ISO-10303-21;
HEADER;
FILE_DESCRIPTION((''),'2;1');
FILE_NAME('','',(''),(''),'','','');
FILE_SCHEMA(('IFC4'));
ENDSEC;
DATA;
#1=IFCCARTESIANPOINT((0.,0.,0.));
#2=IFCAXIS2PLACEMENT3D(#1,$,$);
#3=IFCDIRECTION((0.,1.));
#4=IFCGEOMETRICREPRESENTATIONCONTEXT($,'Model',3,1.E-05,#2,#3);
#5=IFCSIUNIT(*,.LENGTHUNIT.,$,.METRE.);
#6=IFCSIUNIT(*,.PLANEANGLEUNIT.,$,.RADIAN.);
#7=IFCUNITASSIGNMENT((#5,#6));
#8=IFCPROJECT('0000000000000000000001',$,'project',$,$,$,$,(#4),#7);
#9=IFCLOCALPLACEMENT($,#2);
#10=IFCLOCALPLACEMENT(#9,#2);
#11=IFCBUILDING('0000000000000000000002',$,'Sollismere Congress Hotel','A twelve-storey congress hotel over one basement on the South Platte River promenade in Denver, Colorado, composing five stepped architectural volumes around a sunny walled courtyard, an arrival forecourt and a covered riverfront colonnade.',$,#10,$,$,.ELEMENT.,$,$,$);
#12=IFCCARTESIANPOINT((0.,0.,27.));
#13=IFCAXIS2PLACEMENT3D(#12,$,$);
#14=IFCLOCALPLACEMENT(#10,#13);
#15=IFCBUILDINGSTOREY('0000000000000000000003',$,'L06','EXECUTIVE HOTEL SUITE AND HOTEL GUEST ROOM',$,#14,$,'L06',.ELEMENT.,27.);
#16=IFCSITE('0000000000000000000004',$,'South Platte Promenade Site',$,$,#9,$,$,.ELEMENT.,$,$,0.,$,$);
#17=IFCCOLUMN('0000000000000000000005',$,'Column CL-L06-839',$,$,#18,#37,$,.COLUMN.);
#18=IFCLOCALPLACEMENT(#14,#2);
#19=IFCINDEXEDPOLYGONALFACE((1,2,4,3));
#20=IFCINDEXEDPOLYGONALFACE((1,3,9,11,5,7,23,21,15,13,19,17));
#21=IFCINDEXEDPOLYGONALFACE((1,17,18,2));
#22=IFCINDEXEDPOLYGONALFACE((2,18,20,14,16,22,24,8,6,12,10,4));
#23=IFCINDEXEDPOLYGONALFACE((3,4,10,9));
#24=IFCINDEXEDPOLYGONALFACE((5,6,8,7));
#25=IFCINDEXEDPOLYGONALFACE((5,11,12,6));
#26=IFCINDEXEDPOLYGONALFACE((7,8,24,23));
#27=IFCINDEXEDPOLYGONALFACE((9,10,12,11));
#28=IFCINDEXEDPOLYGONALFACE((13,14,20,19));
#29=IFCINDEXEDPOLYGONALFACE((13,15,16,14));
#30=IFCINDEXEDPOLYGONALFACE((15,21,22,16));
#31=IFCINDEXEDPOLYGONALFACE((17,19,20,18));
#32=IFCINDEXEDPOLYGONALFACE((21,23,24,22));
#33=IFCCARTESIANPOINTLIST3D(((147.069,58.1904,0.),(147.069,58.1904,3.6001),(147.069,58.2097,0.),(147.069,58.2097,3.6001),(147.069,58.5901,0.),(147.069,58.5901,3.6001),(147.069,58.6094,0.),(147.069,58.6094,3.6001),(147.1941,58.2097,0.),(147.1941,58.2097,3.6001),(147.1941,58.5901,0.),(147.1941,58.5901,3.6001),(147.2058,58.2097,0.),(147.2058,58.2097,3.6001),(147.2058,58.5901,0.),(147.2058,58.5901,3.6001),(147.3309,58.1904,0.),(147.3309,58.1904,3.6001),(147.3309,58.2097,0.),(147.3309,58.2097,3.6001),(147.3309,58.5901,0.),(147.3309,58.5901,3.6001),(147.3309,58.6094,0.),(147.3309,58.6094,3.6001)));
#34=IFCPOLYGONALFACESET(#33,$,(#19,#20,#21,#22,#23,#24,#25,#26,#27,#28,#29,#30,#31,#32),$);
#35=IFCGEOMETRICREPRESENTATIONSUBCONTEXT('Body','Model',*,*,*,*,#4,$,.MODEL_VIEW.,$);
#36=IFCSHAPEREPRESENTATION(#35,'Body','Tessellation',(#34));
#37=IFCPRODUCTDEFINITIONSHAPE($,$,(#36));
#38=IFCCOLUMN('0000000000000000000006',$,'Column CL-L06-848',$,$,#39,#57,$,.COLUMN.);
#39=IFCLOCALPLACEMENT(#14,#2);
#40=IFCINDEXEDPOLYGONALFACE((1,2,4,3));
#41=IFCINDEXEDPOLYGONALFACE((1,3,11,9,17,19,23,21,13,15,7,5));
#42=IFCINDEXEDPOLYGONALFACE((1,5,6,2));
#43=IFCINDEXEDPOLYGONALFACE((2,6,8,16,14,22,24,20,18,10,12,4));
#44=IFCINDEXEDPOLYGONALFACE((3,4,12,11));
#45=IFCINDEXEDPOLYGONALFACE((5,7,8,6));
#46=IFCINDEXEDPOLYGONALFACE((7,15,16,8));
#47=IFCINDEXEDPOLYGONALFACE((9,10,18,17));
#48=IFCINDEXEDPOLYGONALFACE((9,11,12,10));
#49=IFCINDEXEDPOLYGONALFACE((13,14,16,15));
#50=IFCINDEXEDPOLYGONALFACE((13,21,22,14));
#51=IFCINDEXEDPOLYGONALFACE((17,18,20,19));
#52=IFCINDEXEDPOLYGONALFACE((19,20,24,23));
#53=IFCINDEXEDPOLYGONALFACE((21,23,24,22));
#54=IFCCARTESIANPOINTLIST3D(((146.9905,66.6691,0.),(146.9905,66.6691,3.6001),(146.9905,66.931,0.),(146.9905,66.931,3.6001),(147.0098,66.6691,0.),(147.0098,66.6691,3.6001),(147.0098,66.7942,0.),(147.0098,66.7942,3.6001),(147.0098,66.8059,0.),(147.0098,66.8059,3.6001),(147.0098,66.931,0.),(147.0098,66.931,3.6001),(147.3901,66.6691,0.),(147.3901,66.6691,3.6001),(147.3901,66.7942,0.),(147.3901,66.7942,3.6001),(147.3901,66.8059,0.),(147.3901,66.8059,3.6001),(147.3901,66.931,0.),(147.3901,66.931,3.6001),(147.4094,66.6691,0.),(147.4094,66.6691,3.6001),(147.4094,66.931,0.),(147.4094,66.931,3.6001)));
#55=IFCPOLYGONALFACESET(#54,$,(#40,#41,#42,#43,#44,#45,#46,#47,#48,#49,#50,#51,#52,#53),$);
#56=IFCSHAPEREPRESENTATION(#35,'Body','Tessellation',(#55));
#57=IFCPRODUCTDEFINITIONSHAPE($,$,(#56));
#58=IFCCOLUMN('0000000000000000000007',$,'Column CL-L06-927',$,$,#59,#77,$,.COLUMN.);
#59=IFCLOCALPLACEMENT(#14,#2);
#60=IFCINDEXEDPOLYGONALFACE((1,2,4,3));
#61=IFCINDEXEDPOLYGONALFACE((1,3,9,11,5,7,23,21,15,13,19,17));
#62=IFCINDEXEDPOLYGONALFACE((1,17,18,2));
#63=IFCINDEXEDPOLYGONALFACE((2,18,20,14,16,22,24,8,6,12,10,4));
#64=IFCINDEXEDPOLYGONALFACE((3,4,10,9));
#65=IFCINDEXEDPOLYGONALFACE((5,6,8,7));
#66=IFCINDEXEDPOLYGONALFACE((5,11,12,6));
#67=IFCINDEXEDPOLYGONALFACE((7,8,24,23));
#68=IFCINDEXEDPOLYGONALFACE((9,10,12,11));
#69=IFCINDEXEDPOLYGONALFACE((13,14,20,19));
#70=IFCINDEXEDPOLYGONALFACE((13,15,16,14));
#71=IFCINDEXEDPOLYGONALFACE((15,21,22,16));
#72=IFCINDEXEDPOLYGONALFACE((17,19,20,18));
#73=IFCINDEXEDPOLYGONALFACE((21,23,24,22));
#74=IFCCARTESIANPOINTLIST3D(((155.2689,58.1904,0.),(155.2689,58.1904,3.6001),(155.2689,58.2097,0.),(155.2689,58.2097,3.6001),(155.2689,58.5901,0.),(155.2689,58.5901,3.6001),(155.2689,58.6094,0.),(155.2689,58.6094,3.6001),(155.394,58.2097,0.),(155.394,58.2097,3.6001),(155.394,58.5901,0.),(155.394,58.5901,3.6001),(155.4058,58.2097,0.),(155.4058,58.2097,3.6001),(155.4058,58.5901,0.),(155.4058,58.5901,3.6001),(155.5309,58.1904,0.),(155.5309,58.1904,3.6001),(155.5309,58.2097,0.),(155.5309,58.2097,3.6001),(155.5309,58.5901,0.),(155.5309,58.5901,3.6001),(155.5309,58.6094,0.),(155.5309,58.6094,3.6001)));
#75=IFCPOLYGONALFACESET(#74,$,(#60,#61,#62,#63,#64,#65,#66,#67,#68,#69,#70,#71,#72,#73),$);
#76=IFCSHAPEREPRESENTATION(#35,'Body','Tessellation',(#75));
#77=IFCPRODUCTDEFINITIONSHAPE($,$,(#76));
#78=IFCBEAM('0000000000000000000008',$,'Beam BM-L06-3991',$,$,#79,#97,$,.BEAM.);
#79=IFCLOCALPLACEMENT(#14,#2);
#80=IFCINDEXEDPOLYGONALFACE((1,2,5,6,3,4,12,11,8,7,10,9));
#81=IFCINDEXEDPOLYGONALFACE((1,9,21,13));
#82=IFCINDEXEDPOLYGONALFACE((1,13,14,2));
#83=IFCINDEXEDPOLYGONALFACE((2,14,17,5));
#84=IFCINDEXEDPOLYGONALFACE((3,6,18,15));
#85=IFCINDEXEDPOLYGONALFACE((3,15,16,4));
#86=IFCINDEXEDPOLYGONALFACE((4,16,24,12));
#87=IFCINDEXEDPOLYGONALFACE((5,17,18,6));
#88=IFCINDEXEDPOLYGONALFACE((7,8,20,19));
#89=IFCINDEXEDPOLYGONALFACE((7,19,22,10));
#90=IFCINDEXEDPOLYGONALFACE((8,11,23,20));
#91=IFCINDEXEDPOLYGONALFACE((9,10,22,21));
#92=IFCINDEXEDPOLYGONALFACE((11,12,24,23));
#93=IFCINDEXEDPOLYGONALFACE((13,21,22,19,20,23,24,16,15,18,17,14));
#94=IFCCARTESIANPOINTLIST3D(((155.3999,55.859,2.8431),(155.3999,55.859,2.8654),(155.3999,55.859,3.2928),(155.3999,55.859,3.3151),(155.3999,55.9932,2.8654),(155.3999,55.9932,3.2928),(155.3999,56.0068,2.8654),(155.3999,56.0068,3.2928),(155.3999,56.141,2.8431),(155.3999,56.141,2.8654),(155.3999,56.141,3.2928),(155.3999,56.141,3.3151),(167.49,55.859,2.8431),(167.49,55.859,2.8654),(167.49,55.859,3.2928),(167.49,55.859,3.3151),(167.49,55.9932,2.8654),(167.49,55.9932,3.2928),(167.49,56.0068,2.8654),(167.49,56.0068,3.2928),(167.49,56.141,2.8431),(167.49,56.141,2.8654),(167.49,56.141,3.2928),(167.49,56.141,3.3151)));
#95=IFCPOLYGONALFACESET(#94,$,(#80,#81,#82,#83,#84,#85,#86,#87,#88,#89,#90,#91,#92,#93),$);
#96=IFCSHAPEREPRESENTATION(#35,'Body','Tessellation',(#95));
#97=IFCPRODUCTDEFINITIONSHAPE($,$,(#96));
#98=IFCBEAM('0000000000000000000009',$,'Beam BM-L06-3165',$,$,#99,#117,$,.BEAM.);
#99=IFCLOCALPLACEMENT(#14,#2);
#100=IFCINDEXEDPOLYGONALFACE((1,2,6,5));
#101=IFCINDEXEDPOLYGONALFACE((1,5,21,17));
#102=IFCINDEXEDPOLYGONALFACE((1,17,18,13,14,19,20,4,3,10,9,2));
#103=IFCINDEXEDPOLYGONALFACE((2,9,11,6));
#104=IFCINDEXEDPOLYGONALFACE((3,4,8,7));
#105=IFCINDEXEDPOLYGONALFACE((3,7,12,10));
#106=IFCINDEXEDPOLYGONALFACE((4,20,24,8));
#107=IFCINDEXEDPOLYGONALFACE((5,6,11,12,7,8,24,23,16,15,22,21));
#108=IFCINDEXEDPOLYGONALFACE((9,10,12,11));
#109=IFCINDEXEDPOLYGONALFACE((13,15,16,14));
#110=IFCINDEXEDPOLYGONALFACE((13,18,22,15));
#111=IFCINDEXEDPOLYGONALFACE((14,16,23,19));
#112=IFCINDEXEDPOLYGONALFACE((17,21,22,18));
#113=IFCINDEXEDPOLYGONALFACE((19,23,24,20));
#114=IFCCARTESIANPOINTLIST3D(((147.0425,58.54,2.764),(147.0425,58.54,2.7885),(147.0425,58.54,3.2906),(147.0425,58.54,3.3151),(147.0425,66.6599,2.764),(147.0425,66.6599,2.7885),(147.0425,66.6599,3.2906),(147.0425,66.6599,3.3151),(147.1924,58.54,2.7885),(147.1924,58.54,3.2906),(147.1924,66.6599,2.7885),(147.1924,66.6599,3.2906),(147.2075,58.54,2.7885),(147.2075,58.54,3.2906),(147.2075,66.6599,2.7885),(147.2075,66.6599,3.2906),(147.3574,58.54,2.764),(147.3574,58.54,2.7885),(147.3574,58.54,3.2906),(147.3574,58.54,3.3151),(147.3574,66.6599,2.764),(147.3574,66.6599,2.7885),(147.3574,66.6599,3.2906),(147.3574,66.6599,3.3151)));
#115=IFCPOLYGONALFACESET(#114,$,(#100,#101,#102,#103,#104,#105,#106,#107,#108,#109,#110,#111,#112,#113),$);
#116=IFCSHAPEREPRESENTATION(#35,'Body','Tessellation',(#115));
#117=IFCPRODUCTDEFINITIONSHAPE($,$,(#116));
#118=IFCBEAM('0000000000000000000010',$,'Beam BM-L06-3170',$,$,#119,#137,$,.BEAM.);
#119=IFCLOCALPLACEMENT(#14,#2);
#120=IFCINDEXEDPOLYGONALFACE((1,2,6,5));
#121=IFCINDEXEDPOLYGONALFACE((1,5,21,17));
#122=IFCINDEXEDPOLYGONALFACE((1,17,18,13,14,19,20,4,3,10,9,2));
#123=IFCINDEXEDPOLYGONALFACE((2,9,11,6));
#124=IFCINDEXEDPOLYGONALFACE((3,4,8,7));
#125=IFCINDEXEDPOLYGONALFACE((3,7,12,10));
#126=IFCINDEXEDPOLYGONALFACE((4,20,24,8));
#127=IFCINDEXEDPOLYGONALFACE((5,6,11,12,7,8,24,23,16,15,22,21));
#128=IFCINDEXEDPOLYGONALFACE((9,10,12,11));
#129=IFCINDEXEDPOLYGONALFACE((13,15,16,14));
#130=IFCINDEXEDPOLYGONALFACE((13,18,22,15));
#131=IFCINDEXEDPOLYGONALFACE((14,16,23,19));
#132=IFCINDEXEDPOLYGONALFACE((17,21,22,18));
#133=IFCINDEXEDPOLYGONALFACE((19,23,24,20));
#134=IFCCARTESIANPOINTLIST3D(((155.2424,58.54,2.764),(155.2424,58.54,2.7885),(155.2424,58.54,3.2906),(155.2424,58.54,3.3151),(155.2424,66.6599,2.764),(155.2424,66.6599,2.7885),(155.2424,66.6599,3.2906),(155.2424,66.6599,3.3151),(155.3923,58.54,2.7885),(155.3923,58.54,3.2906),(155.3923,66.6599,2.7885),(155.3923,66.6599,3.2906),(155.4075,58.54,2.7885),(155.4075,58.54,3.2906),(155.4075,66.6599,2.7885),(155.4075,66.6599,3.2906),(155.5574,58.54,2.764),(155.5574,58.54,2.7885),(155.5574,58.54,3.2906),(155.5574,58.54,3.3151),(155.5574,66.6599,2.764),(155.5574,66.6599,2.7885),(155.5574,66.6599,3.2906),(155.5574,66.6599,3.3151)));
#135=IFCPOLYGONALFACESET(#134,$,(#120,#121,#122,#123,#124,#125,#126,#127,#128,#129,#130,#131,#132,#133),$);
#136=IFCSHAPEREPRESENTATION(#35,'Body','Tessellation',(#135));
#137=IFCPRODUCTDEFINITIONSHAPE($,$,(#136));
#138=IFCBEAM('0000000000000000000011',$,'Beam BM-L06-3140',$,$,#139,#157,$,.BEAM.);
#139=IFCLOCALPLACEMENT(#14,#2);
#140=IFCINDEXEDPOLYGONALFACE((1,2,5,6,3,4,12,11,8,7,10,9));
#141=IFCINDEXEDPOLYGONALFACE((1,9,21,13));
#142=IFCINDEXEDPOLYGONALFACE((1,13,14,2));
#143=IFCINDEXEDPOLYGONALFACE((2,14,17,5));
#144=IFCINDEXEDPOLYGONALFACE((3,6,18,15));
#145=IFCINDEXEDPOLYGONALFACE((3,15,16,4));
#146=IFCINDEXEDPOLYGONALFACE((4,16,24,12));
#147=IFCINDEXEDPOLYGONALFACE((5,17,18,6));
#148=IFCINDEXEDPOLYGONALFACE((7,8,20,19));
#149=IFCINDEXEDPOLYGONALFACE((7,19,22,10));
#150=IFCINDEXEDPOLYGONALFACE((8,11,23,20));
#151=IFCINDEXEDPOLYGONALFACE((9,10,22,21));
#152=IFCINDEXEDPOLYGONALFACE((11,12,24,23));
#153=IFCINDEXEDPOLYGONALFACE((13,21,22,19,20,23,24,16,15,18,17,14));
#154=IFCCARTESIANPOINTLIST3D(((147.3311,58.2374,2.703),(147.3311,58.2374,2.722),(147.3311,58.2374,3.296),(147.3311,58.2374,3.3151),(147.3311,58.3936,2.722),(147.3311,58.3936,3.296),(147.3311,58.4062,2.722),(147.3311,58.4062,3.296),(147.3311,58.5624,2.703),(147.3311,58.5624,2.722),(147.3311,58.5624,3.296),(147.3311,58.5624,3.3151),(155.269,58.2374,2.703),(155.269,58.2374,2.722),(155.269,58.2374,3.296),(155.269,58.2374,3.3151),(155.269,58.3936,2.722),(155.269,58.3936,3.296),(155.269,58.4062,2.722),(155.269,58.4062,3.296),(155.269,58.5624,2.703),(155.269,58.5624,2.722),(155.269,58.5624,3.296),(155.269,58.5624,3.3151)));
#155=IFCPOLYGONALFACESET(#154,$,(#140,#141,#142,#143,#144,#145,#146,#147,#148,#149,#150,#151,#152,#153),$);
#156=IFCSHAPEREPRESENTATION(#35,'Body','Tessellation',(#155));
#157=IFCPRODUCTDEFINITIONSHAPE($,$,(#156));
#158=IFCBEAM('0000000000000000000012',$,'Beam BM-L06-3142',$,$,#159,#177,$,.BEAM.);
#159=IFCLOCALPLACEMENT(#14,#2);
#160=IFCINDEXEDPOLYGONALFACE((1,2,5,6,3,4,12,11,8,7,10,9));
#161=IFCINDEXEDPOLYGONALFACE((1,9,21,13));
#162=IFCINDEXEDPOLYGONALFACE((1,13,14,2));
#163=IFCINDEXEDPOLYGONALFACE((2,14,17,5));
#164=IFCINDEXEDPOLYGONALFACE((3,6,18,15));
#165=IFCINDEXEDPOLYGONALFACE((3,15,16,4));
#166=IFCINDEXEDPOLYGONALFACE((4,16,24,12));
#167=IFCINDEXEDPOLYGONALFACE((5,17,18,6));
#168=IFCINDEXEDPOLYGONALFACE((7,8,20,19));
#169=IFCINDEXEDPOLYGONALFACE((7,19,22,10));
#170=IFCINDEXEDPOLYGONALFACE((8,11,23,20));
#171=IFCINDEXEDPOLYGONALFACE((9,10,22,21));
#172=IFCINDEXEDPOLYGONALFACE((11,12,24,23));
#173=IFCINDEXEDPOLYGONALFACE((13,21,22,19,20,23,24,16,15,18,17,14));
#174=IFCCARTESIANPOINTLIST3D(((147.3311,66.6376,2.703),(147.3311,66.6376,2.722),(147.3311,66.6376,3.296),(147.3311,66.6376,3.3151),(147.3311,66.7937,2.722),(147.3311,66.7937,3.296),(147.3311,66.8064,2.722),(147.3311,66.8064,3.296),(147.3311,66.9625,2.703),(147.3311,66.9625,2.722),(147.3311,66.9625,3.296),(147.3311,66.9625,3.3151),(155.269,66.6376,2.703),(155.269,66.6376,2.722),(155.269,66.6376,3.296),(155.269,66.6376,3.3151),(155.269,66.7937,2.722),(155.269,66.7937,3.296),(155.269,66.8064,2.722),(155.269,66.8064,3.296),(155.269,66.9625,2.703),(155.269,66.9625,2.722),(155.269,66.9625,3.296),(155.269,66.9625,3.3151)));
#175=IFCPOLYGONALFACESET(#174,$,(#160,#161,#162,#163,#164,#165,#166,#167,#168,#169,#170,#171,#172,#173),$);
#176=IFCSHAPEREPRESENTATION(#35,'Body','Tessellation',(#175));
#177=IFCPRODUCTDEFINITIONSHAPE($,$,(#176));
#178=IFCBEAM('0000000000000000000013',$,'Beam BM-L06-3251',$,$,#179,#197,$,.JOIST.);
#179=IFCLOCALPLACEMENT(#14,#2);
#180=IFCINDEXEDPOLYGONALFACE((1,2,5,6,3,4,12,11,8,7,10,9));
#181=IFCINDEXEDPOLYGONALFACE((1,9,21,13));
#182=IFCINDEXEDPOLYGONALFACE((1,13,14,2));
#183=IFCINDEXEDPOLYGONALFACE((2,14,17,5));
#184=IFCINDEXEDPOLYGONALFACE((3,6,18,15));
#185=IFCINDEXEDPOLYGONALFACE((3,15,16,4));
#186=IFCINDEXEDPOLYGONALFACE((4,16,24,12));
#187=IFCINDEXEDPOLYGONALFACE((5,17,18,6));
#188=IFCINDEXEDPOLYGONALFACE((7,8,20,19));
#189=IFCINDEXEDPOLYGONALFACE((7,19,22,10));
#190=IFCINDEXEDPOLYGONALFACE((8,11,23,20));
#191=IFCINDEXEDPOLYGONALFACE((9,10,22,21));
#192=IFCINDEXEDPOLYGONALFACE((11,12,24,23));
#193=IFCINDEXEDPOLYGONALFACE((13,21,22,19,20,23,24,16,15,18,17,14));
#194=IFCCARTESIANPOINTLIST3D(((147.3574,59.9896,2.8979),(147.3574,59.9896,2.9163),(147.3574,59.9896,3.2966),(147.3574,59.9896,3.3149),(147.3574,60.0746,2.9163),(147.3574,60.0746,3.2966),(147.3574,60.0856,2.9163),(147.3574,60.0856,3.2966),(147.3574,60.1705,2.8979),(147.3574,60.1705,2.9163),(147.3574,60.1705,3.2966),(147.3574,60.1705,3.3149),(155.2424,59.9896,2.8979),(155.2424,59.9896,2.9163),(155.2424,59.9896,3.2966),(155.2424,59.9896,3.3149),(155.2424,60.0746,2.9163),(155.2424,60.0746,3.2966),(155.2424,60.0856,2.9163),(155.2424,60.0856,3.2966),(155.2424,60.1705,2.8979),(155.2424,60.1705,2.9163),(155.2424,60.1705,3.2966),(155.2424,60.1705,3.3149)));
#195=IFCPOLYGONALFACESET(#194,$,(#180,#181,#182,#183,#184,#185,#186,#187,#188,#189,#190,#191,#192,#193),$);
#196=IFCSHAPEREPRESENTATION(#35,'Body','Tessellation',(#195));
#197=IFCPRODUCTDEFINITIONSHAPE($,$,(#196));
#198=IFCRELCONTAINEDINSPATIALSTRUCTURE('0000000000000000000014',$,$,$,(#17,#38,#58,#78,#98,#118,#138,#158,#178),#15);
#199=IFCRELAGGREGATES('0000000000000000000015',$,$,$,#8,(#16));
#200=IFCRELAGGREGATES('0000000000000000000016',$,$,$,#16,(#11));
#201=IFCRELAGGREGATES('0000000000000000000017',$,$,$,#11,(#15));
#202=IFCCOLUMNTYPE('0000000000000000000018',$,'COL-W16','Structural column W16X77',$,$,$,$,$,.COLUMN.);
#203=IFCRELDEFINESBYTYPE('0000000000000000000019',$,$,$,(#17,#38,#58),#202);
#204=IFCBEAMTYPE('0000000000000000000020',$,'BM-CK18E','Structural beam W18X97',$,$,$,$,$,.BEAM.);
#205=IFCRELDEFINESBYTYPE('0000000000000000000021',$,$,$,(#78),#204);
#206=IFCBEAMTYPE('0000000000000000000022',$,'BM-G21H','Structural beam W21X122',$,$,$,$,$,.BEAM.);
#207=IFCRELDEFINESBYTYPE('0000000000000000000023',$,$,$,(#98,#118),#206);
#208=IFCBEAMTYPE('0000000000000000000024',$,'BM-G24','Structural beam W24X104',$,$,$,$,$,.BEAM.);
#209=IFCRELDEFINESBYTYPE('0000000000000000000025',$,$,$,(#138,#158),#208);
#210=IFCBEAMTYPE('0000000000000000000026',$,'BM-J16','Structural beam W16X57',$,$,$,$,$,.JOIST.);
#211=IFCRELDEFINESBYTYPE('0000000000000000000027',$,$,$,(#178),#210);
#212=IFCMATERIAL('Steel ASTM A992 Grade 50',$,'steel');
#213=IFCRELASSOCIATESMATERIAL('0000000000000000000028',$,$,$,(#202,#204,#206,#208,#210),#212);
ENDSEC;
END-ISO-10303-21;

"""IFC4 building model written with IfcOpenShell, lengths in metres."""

from ifc_helpers import new_model, si_unit, direction, frame, origin, origin_2d, place, context, subcontext, project, spatial, i_section, extrude, material, material_profile, profile_set, type_object, element, save


model = new_model("IFC4")

# Units and contexts
model_context = context("Model", 3, precision=1e-05, world=origin(), true_north=direction((0.0, 1.0)))
body_context = subcontext(model_context, "Body", "Model", "MODEL_VIEW")
ifc_project = project(units=[si_unit("LENGTHUNIT", "METRE"), si_unit("PLANEANGLEUNIT", "RADIAN")], contexts=[model_context])

# Site, building, storey
site_placement = place(None, origin())
site = spatial("IfcSite", under=ifc_project, at=site_placement, Name="South Platte Promenade Site", CompositionType="ELEMENT", RefElevation=0.0)
building_placement = place(site_placement, origin())
building = spatial("IfcBuilding", under=site, at=building_placement, Name="Sollismere Congress Hotel", Description="A twelve-storey congress hotel over one basement on the South Platte River promenade in Denver, Colorado, composing five stepped architectural volumes around a sunny walled courtyard, an arrival forecourt and a covered riverfront colonnade.", CompositionType="ELEMENT")
storey_placement = place(building_placement, frame((0.0, 0.0, 27.0)))
storey = spatial("IfcBuildingStorey", under=building, at=storey_placement, Name="L06", Description="EXECUTIVE HOTEL SUITE AND HOTEL GUEST ROOM", LongName="L06", CompositionType="ELEMENT", Elevation=27.0)

# Columns
ifc_material_1 = material(Name="Steel ASTM A992 Grade 50", Category="steel")
ifc_material_profile_1 = material_profile(ifc_material_1, i_section(OverallWidth=0.262, OverallDepth=0.4189, WebThickness=0.0117, FlangeThickness=0.0193, at=origin_2d()), Name="W16X77")
ifc_profile_set_1 = profile_set([ifc_material_profile_1], Name="Steel ASTM A992 Grade 50")
column_type = type_object("IfcColumnType", Name="COL-W16", Description="Structural column W16X77", PredefinedType="COLUMN", material=ifc_profile_set_1)
for number, where, z_axis, x_axis, name in (
    (1, (147.2, 58.3999, 0.0), (0.0, 0.0, 1.0), (1.0, 0.0, 0.0), "Column CL-L06-839"),
    (2, (147.2, 66.8, 0.0), (0.0, 0.0, 1.0), (0.0, 1.0, 0.0), "Column CL-L06-848"),
    (3, (155.3999, 58.3999, 0.0), (0.0, 0.0, 1.0), (1.0, 0.0, 0.0), "Column CL-L06-927"),
):
    element("IfcColumn", number, at=place(storey_placement, frame(where, z_axis=z_axis, x_axis=x_axis)), inside=storey, type_object=column_type, Name=name, PredefinedType="COLUMN", context=body_context, shape_type="SweptSolid", body=[
        extrude(i_section(OverallWidth=0.262, OverallDepth=0.4189, WebThickness=0.0117, FlangeThickness=0.0193, at=origin_2d()), origin(), (0.0, 0.0, 1.0), 3.6001),
    ])

# Beams
ifc_material_profile_2 = material_profile(ifc_material_1, i_section(OverallWidth=0.282, OverallDepth=0.4719, WebThickness=0.0137, FlangeThickness=0.0222, at=origin_2d()), Name="W18X97")
ifc_profile_set_2 = profile_set([ifc_material_profile_2], Name="Steel ASTM A992 Grade 50")
beam_type_1 = type_object("IfcBeamType", Name="BM-CK18E", Description="Structural beam W18X97", PredefinedType="BEAM", material=ifc_profile_set_2)
beam_placement = place(storey_placement, frame((155.3999, 56.0, 3.0791), z_axis=(1.0, 0.0, 0.0), x_axis=(0.0, 1.0, 0.0)))
element("IfcBeam", 4, at=beam_placement, inside=storey, type_object=beam_type_1, Name="Beam BM-L06-3991", PredefinedType="BEAM", context=body_context, shape_type="SweptSolid", body=[
    extrude(i_section(OverallWidth=0.282, OverallDepth=0.4719, WebThickness=0.0137, FlangeThickness=0.0222, at=origin_2d()), origin(), (0.0, 0.0, 1.0), 12.0901),
])
ifc_material_profile_3 = material_profile(ifc_material_1, i_section(OverallWidth=0.3149, OverallDepth=0.551, WebThickness=0.0151, FlangeThickness=0.0244, at=origin_2d()), Name="W21X122")
ifc_profile_set_3 = profile_set([ifc_material_profile_3], Name="Steel ASTM A992 Grade 50")
beam_type_2 = type_object("IfcBeamType", Name="BM-G21H", Description="Structural beam W21X122", PredefinedType="BEAM", material=ifc_profile_set_3)
for number, where, z_axis, x_axis, name in (
    (5, (147.2, 58.54, 3.0396), (0.0, 1.0, 0.0), (-1.0, 0.0, 0.0), "Beam BM-L06-3165"),
    (6, (155.3999, 58.54, 3.0396), (0.0, 1.0, 0.0), (-1.0, 0.0, 0.0), "Beam BM-L06-3170"),
):
    element("IfcBeam", number, at=place(storey_placement, frame(where, z_axis=z_axis, x_axis=x_axis)), inside=storey, type_object=beam_type_2, Name=name, PredefinedType="BEAM", context=body_context, shape_type="SweptSolid", body=[
        extrude(i_section(OverallWidth=0.3149, OverallDepth=0.551, WebThickness=0.0151, FlangeThickness=0.0244, at=origin_2d()), origin(), (0.0, 0.0, 1.0), 8.1199),
    ])
ifc_material_profile_4 = material_profile(ifc_material_1, i_section(OverallWidth=0.325, OverallDepth=0.6121, WebThickness=0.0127, FlangeThickness=0.019, at=origin_2d()), Name="W24X104")
ifc_profile_set_4 = profile_set([ifc_material_profile_4], Name="Steel ASTM A992 Grade 50")
beam_type_3 = type_object("IfcBeamType", Name="BM-G24", Description="Structural beam W24X104", PredefinedType="BEAM", material=ifc_profile_set_4)
for number, where, z_axis, x_axis, name in (
    (7, (147.3311, 58.3999, 3.009), (1.0, 0.0, 0.0), (0.0, 1.0, 0.0), "Beam BM-L06-3140"),
    (8, (147.3311, 66.8, 3.009), (1.0, 0.0, 0.0), (0.0, 1.0, 0.0), "Beam BM-L06-3142"),
):
    element("IfcBeam", number, at=place(storey_placement, frame(where, z_axis=z_axis, x_axis=x_axis)), inside=storey, type_object=beam_type_3, Name=name, PredefinedType="BEAM", context=body_context, shape_type="SweptSolid", body=[
        extrude(i_section(OverallWidth=0.325, OverallDepth=0.6121, WebThickness=0.0127, FlangeThickness=0.019, at=origin_2d()), origin(), (0.0, 0.0, 1.0), 7.938),
    ])
ifc_material_profile_5 = material_profile(ifc_material_1, i_section(OverallWidth=0.1809, OverallDepth=0.417, WebThickness=0.011, FlangeThickness=0.0183, at=origin_2d()), Name="W16X57")
ifc_profile_set_5 = profile_set([ifc_material_profile_5], Name="Steel ASTM A992 Grade 50")
beam_type_4 = type_object("IfcBeamType", Name="BM-J16", Description="Structural beam W16X57", PredefinedType="JOIST", material=ifc_profile_set_5)
for number, where, z_axis, x_axis, name in (
    (9, (147.3574, 60.0801, 3.1064), (1.0, 0.0, 0.0), (0.0, 1.0, 0.0), "Beam BM-L06-3251"),
):
    element("IfcBeam", number, at=place(storey_placement, frame(where, z_axis=z_axis, x_axis=x_axis)), inside=storey, type_object=beam_type_4, Name=name, PredefinedType="JOIST", context=body_context, shape_type="SweptSolid", body=[
        extrude(i_section(OverallWidth=0.1809, OverallDepth=0.417, WebThickness=0.011, FlangeThickness=0.0183, at=origin_2d()), origin(), (0.0, 0.0, 1.0), 7.885),
    ])

save(model, "model.ifc")
